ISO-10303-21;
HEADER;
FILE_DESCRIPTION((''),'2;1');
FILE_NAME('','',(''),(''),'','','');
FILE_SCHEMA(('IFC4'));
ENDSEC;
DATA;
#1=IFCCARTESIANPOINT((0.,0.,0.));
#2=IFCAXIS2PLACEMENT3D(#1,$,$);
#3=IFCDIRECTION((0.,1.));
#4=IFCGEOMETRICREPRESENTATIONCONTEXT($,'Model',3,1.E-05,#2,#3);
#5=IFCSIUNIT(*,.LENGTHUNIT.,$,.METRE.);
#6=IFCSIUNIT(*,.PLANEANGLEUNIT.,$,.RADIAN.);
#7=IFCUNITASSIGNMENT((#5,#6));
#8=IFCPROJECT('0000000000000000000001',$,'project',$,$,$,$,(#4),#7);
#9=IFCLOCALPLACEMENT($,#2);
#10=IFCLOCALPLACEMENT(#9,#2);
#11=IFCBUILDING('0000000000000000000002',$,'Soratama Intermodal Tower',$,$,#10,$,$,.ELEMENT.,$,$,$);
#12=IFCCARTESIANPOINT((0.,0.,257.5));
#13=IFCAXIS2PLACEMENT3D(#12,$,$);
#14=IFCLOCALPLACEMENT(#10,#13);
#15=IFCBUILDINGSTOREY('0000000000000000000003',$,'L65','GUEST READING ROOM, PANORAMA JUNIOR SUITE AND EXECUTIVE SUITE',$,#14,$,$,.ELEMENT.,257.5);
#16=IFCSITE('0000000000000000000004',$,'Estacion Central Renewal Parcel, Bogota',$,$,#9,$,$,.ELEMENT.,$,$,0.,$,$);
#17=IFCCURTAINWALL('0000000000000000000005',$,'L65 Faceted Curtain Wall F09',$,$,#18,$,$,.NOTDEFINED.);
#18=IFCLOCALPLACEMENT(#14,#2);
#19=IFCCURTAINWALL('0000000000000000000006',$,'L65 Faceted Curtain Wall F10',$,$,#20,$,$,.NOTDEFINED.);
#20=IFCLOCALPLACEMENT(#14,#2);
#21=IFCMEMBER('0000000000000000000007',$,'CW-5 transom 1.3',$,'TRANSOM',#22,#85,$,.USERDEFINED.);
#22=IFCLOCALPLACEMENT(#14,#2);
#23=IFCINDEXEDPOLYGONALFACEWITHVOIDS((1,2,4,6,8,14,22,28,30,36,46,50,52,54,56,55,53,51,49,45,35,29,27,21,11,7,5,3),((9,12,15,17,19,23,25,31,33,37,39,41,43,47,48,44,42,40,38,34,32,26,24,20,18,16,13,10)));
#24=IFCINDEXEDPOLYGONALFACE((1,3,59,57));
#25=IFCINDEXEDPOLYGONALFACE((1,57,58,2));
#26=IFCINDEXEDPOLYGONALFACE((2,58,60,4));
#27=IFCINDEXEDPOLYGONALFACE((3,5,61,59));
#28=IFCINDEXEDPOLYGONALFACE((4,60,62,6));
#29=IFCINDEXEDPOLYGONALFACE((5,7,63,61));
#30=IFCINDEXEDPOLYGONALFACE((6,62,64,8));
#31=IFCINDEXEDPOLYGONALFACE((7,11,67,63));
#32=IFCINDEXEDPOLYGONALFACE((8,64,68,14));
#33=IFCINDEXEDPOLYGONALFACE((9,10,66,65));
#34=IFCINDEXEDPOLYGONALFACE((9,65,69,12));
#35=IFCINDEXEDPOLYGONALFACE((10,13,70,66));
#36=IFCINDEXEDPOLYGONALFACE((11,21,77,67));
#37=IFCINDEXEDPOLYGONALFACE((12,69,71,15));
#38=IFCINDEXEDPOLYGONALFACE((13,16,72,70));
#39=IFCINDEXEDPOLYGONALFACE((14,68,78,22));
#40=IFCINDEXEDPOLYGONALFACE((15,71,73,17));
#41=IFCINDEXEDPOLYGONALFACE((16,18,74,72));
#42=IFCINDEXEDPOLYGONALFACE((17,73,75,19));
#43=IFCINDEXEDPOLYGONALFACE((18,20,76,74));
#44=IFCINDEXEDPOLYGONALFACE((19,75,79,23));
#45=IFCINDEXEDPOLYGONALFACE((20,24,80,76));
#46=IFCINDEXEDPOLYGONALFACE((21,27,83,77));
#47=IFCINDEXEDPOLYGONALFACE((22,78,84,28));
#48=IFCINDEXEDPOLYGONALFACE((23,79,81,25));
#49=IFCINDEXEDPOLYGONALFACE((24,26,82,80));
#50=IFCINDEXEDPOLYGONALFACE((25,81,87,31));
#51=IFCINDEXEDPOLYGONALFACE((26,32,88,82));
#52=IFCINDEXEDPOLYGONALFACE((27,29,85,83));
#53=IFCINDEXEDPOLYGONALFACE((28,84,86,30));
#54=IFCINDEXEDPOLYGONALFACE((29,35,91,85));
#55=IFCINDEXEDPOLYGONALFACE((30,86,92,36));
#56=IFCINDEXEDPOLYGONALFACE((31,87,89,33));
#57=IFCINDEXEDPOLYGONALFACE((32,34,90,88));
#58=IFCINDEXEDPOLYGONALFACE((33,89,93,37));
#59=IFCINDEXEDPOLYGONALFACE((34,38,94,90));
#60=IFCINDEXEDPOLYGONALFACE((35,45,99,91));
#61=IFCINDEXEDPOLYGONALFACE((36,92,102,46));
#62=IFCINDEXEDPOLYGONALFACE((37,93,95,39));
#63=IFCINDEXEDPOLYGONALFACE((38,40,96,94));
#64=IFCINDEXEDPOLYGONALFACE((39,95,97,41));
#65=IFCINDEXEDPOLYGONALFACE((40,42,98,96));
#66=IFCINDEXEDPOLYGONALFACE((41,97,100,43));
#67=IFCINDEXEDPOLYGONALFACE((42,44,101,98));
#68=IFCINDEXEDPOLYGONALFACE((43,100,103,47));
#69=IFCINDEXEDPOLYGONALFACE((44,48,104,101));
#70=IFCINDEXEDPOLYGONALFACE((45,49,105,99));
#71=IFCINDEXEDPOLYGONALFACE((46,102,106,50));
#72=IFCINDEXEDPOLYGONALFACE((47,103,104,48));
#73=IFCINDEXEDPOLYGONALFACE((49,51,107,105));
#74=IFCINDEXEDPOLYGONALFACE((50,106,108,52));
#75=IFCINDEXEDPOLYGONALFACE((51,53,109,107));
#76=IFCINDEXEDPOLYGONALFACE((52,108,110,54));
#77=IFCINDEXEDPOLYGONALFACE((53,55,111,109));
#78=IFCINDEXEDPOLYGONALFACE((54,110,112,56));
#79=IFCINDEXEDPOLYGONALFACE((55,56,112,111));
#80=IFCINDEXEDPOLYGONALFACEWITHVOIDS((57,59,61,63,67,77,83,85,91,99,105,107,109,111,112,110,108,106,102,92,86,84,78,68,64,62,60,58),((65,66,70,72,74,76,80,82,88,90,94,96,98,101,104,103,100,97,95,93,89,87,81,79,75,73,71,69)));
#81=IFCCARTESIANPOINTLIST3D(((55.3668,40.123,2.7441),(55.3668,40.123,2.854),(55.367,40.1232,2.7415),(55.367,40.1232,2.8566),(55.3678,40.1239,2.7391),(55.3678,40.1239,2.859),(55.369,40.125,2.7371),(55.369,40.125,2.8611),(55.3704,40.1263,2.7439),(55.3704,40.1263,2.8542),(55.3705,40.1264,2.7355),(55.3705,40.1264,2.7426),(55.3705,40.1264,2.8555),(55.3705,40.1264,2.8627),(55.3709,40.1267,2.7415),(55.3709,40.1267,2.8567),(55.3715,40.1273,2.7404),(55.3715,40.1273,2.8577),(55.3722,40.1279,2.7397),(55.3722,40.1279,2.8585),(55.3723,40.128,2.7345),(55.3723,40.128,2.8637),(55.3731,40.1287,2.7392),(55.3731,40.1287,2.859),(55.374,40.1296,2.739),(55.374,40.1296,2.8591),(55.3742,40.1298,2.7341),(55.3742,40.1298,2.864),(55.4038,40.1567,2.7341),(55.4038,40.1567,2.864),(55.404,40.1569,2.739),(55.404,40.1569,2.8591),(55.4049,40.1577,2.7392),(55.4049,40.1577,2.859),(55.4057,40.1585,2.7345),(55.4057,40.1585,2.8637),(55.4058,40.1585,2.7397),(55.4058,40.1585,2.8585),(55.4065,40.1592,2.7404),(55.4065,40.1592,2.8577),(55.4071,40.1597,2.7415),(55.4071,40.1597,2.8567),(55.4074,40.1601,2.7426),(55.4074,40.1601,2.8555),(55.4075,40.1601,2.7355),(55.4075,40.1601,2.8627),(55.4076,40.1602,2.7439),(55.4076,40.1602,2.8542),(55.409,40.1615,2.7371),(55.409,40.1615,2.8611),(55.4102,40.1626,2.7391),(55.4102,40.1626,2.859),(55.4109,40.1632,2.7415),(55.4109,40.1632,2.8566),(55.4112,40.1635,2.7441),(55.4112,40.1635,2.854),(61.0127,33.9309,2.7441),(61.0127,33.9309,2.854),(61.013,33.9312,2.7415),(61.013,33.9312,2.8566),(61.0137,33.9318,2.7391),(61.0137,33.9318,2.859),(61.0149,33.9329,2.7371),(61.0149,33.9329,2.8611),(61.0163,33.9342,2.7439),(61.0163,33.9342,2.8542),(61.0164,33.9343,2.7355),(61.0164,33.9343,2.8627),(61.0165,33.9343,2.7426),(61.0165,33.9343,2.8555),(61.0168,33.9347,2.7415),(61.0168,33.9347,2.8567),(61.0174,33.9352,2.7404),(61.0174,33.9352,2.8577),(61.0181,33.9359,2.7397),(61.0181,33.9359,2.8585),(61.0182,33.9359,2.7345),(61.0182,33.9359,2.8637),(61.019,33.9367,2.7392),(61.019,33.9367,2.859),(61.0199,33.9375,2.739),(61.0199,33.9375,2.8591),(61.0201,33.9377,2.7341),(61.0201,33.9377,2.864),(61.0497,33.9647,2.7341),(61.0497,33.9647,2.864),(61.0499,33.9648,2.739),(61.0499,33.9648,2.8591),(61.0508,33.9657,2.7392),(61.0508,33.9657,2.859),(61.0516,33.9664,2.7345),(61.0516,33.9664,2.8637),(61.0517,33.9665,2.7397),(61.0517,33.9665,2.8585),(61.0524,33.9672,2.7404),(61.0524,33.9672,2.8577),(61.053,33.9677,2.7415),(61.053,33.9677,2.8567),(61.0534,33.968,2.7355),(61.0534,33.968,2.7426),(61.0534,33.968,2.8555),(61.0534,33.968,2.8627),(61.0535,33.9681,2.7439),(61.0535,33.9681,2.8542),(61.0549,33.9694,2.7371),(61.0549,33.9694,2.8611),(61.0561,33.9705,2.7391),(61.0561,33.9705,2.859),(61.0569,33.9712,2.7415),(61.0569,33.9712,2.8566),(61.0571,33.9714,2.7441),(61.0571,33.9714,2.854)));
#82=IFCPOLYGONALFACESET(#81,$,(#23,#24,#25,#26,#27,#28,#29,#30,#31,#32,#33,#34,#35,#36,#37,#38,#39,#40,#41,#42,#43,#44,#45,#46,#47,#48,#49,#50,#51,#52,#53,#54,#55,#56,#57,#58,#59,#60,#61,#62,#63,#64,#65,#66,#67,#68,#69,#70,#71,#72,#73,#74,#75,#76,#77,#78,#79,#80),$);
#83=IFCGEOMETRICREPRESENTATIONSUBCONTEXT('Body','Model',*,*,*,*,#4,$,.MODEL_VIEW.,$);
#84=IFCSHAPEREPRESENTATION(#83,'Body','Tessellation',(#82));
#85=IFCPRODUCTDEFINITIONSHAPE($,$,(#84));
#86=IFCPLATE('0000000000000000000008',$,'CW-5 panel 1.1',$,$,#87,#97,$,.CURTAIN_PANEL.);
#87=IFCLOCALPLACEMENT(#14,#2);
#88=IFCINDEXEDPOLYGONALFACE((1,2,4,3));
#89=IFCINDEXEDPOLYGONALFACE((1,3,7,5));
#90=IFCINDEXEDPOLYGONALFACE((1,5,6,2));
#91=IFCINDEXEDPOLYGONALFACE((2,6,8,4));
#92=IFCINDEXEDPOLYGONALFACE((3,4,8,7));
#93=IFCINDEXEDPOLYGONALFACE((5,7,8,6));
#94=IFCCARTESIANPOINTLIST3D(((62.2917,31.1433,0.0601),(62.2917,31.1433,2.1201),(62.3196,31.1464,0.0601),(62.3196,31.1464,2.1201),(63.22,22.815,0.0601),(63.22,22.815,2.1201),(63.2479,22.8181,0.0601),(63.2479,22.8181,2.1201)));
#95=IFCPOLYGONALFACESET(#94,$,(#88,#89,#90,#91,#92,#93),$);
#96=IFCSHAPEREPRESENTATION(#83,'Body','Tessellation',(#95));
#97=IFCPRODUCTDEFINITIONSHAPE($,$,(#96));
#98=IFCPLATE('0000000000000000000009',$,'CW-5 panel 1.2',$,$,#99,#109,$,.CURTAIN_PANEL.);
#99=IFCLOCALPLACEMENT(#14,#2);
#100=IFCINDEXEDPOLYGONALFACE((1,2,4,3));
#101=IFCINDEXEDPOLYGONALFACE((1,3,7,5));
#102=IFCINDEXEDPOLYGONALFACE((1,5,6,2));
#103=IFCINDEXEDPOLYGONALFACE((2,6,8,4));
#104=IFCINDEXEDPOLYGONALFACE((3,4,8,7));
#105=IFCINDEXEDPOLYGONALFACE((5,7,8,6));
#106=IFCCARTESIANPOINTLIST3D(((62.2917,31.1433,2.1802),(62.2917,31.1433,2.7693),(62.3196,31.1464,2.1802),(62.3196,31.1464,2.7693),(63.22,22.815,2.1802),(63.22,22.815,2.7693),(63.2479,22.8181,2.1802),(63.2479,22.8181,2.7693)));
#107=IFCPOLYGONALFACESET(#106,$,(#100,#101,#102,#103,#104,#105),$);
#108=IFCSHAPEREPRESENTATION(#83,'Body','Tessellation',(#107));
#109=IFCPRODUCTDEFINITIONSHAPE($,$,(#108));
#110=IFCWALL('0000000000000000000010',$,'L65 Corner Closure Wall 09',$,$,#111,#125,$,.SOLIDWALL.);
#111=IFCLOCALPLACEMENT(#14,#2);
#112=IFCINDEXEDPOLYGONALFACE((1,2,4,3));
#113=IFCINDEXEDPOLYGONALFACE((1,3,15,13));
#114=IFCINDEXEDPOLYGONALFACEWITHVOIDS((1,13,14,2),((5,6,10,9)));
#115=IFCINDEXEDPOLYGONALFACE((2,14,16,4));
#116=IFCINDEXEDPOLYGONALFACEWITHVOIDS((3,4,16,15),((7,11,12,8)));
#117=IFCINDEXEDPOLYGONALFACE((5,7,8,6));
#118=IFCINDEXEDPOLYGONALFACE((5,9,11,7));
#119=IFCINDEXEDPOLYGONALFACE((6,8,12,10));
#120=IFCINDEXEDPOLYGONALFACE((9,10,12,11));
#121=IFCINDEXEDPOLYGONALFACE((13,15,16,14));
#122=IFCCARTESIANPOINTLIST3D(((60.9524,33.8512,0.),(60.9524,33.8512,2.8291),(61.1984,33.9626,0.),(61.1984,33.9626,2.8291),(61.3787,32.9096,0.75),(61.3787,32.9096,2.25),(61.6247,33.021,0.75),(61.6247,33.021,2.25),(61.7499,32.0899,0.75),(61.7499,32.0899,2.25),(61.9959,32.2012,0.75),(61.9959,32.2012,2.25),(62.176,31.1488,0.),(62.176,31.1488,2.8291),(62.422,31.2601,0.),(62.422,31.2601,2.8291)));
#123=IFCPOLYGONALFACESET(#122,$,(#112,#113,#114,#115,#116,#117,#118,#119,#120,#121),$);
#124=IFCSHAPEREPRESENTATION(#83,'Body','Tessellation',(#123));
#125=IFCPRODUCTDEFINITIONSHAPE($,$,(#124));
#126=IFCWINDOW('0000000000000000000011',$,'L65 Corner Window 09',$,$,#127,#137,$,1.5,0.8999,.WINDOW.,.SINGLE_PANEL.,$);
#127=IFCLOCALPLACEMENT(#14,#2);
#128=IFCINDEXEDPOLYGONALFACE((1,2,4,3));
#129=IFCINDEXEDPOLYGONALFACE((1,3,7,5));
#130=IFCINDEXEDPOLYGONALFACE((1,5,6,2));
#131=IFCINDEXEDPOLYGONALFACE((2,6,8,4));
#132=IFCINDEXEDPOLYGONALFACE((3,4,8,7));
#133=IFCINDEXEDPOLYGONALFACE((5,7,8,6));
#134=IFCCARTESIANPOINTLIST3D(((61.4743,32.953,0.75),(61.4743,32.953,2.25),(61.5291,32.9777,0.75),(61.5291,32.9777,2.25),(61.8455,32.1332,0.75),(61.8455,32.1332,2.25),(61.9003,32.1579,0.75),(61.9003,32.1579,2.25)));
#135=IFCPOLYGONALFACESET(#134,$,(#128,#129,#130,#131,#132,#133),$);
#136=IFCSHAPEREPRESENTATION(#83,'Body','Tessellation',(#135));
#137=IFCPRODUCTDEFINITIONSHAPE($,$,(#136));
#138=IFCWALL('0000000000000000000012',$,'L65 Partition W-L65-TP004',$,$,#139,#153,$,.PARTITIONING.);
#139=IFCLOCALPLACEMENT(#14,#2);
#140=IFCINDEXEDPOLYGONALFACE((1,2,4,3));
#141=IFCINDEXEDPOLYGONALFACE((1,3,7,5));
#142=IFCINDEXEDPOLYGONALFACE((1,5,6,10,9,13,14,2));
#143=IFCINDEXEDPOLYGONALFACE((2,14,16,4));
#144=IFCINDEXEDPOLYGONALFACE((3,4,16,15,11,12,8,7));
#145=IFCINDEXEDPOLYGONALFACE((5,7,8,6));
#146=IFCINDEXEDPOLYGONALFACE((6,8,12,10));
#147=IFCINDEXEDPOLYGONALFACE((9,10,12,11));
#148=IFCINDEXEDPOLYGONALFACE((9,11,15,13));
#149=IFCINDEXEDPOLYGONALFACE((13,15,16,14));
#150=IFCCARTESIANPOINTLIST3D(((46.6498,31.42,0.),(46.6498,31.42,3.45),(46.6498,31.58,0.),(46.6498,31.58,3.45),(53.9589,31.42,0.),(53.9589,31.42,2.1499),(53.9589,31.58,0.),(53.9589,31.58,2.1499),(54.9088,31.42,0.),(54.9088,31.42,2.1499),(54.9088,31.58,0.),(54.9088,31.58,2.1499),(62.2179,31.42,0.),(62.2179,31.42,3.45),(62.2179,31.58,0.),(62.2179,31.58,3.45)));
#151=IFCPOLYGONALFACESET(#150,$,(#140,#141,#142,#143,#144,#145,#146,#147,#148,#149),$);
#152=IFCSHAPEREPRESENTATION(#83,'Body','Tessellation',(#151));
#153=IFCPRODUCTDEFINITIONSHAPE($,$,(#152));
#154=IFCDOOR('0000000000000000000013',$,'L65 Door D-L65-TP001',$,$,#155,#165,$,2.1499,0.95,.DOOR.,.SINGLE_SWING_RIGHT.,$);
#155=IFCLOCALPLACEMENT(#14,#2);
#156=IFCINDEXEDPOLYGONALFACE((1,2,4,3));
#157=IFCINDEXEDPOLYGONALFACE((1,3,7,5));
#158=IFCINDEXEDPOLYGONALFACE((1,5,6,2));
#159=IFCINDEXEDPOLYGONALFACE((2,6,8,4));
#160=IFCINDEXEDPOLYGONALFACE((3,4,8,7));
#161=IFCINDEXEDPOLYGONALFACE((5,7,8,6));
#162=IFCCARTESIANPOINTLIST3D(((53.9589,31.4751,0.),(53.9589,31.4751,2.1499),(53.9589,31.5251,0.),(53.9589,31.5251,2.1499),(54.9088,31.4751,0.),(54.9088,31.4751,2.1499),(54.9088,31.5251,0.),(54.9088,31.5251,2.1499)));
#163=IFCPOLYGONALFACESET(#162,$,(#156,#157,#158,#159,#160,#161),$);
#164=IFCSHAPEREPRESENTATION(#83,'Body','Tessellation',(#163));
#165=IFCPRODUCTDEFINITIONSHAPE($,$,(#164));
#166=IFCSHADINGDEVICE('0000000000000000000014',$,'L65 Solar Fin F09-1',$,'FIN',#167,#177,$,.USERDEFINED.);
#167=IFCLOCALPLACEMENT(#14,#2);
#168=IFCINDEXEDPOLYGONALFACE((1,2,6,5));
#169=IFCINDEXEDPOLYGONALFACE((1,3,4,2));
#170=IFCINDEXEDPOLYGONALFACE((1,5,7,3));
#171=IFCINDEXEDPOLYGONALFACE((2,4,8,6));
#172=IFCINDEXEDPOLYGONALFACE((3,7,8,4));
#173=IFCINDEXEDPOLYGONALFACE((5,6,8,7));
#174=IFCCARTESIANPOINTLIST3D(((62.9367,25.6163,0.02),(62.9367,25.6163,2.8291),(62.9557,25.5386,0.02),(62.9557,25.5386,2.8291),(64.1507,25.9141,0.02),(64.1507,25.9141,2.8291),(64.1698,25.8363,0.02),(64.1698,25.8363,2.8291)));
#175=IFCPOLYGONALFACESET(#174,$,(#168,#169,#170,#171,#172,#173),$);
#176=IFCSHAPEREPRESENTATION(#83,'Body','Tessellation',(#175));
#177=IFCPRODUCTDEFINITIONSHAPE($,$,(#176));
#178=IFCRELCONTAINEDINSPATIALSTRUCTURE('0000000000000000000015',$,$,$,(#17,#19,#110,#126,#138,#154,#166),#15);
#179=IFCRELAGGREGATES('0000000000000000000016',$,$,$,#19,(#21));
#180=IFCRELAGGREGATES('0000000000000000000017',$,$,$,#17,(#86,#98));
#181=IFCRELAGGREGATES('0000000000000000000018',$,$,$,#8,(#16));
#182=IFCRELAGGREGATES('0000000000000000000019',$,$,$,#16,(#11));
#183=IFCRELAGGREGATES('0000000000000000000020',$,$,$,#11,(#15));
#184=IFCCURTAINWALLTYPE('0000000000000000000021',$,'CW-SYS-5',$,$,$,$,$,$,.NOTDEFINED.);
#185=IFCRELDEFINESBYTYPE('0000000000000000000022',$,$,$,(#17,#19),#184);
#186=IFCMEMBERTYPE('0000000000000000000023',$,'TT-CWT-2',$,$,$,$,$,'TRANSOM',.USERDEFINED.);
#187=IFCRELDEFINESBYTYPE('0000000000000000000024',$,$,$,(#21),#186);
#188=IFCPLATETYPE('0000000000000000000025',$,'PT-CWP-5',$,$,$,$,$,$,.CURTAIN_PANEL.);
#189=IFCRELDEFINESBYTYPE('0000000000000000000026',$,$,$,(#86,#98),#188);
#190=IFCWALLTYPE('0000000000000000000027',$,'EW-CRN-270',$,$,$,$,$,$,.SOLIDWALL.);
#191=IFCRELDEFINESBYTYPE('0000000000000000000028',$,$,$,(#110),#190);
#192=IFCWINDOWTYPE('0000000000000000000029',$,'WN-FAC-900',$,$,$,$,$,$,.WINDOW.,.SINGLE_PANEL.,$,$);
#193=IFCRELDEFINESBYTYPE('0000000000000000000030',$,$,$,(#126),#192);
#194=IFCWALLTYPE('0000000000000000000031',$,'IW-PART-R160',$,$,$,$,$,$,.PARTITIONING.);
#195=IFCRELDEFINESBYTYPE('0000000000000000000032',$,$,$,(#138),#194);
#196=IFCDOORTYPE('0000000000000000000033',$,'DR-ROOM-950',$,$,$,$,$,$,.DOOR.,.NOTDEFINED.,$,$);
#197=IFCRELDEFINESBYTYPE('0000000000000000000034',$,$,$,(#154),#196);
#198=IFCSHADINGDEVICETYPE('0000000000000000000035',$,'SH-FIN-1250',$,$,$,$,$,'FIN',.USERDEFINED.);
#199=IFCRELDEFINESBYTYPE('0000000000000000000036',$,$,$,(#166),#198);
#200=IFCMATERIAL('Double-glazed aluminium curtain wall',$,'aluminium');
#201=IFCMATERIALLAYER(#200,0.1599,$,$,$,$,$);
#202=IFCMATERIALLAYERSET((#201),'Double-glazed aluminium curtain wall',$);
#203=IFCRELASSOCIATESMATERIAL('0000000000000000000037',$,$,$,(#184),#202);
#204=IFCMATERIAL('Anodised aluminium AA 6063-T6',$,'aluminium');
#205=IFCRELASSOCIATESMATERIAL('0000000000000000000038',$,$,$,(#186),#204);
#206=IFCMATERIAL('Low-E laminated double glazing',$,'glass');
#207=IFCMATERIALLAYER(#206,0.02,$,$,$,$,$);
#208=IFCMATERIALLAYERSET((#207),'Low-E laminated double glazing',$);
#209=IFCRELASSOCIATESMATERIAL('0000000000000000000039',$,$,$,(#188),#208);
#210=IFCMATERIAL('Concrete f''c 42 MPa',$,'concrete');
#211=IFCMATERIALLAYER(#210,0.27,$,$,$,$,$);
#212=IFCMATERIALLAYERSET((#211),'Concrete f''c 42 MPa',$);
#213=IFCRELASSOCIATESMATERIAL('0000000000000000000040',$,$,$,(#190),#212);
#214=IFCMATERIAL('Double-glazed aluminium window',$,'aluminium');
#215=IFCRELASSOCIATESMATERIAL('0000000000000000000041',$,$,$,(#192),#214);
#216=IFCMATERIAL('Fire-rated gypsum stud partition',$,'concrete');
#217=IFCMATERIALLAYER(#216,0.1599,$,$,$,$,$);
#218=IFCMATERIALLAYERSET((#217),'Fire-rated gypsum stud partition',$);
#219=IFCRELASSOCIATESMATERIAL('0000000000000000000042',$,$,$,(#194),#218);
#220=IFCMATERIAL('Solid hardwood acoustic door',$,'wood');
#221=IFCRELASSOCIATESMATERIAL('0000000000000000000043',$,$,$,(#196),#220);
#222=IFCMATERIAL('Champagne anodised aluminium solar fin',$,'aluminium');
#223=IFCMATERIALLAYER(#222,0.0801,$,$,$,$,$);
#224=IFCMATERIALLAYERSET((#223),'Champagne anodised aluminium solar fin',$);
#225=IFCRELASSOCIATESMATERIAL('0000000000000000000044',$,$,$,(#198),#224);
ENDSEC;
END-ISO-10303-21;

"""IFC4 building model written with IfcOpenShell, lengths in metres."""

from ifc_helpers import new_model, si_unit, direction, frame, frame_2d, origin, origin_2d, place, context, subcontext, project, spatial, rectangle, hollow_rectangle, extrude, material, layer, layer_set, material_profile, profile_set, type_object, element, fill, aggregate, save


model = new_model("IFC4")

# Units and contexts
model_context = context("Model", 3, precision=1e-05, world=origin(), true_north=direction((0.0, 1.0)))
body_context = subcontext(model_context, "Body", "Model", "MODEL_VIEW")
ifc_project = project(units=[si_unit("LENGTHUNIT", "METRE"), si_unit("PLANEANGLEUNIT", "RADIAN")], contexts=[model_context])

# Site, building, storey
site_placement = place(None, origin())
site = spatial("IfcSite", under=ifc_project, at=site_placement, Name="Estacion Central Renewal Parcel, Bogota", CompositionType="ELEMENT", RefElevation=0.0)
building_placement = place(site_placement, origin())
building = spatial("IfcBuilding", under=site, at=building_placement, Name="Soratama Intermodal Tower", CompositionType="ELEMENT")
storey_placement = place(building_placement, frame((0.0, 0.0, 257.5)))
storey = spatial("IfcBuildingStorey", under=building, at=storey_placement, Name="L65", Description="GUEST READING ROOM, PANORAMA JUNIOR SUITE AND EXECUTIVE SUITE", CompositionType="ELEMENT", Elevation=257.5)

# Curtain wall
ifc_material_1 = material(Name="Double-glazed aluminium curtain wall", Category="aluminium")
ifc_layer_1 = layer(ifc_material_1, 0.1599)
ifc_layer_set_1 = layer_set([ifc_layer_1], Name="Double-glazed aluminium curtain wall")
curtain_wall_type = type_object("IfcCurtainWallType", Name="CW-SYS-5", PredefinedType="NOTDEFINED", material=ifc_layer_set_1)
curtain_wall_1_placement = place(storey_placement, origin())
curtain_wall_1 = element("IfcCurtainWall", 1, at=curtain_wall_1_placement, inside=storey, type_object=curtain_wall_type, Name="L65 Faceted Curtain Wall F09", PredefinedType="NOTDEFINED")

# Curtain wall, member
curtain_wall_2_placement = place(storey_placement, origin())
curtain_wall_2 = element("IfcCurtainWall", 2, at=curtain_wall_2_placement, inside=storey, type_object=curtain_wall_type, Name="L65 Faceted Curtain Wall F10", PredefinedType="NOTDEFINED")
ifc_material_2 = material(Name="Anodised aluminium AA 6063-T6", Category="aluminium")
ifc_material_profile_1 = material_profile(ifc_material_2, hollow_rectangle(XDim=0.0601, YDim=0.1299, WallThickness=0.0049, InnerFilletRadius=0.0049, OuterFilletRadius=0.01, at=origin_2d()), Name="CWT130X60X5")
ifc_profile_set_1 = profile_set([ifc_material_profile_1], Name="Anodised aluminium AA 6063-T6")
member_type_1 = type_object("IfcMemberType", Name="TT-CWT-2", ElementType="TRANSOM", PredefinedType="USERDEFINED", material=ifc_profile_set_1)
member_1_placement = place(storey_placement, frame((61.0349, 33.9512, 2.7991), z_axis=(-0.673768, 0.738943, 0.0), x_axis=(-0.738943, -0.673768, 0.0)))
member_1 = element("IfcMember", 3, at=member_1_placement, type_object=member_type_1, Name="CW-5 transom 1.3", ObjectType="TRANSOM", PredefinedType="USERDEFINED", context=body_context, shape_type="SweptSolid", body=[
    extrude(hollow_rectangle(XDim=0.0601, YDim=0.1299, WallThickness=0.0049, InnerFilletRadius=0.0049, OuterFilletRadius=0.01, at=origin_2d()), origin(), (0.0, 0.0, 1.0), 8.3796),
])
aggregate(curtain_wall_2, [member_1])

# Plates
ifc_material_3 = material(Name="Low-E laminated double glazing", Category="glass")
ifc_layer_2 = layer(ifc_material_3, 0.02)
ifc_layer_set_2 = layer_set([ifc_layer_2], Name="Low-E laminated double glazing")
plate_type = type_object("IfcPlateType", Name="PT-CWP-5", PredefinedType="CURTAIN_PANEL", material=ifc_layer_set_2)
plate_1_placement = place(storey_placement, frame((62.7698, 26.9807, 0.0601), z_axis=(0.0, 0.0, 1.0), x_axis=(-0.110779, 0.993845, 0.0)))
plate_1 = element("IfcPlate", 4, at=plate_1_placement, type_object=plate_type, Name="CW-5 panel 1.1", PredefinedType="CURTAIN_PANEL", context=body_context, shape_type="SweptSolid", body=[
    extrude(rectangle(XDim=8.3799, YDim=0.0281, at=origin_2d()), origin(), (0.0, 0.0, 1.0), 2.0601),
])
plate_2_placement = place(storey_placement, frame((62.7698, 26.9807, 2.1802), z_axis=(0.0, 0.0, 1.0), x_axis=(-0.110779, 0.993845, 0.0)))
plate_2 = element("IfcPlate", 5, at=plate_2_placement, type_object=plate_type, Name="CW-5 panel 1.2", PredefinedType="CURTAIN_PANEL", context=body_context, shape_type="SweptSolid", body=[
    extrude(rectangle(XDim=8.3799, YDim=0.0281, at=origin_2d()), origin(), (0.0, 0.0, 1.0), 0.5891),
])
aggregate(curtain_wall_1, [plate_1, plate_2])

# Wall, opening, window
ifc_material_4 = material(Name="Concrete f'c 42 MPa", Category="concrete")
ifc_layer_3 = layer(ifc_material_4, 0.27)
ifc_layer_set_3 = layer_set([ifc_layer_3], Name="Concrete f'c 42 MPa")
wall_type_1 = type_object("IfcWallType", Name="EW-CRN-270", PredefinedType="SOLIDWALL", material=ifc_layer_set_3)
wall_1_placement = place(storey_placement, frame((62.2991, 31.2043, 0.0), z_axis=(0.0, 0.0, 1.0), x_axis=(-0.412482, 0.910966, 0.0)))
wall_1 = element("IfcWall", 6, at=wall_1_placement, inside=storey, type_object=wall_type_1, Name="L65 Corner Closure Wall 09", PredefinedType="SOLIDWALL", context=body_context, shape_type="SweptSolid", body=[
    extrude(rectangle(XDim=2.9666, YDim=0.27, at=frame_2d((1.4834, 0.0))), origin(), (0.0, 0.0, 1.0), 2.8291),
])
opening_1_placement = place(wall_1_placement, frame((1.0332, 0.0, 0.75)))
opening_1 = element("IfcOpeningElement", 7, at=opening_1_placement, cuts=wall_1, PredefinedType="OPENING", context=body_context, shape_type="SweptSolid", body=[
    extrude(rectangle(XDim=0.8999, YDim=1.5, at=frame_2d((0.45, 0.75))), frame((0.0, 0.145, 0.0), z_axis=(0.0, -1.0, 0.0), x_axis=(1.0, 0.0, 0.0)), (0.0, 0.0, 1.0), 0.29),
])
ifc_material_5 = material(Name="Double-glazed aluminium window", Category="aluminium")
window_type = type_object("IfcWindowType", Name="WN-FAC-900", PartitioningType="SINGLE_PANEL", PredefinedType="WINDOW", material=ifc_material_5)
window_placement = place(opening_1_placement, origin())
window = element("IfcWindow", 8, at=window_placement, inside=storey, type_object=window_type, Name="L65 Corner Window 09", OverallHeight=1.5, OverallWidth=0.8999, PartitioningType="SINGLE_PANEL", PredefinedType="WINDOW", context=body_context, shape_type="SweptSolid", body=[
    extrude(rectangle(XDim=0.8999, YDim=1.5, at=frame_2d((0.45, 0.75))), frame((0.0, 0.03, 0.0), z_axis=(0.0, -1.0, 0.0), x_axis=(1.0, 0.0, 0.0)), (0.0, 0.0, 1.0), 0.0601),
])
fill(opening_1, window)

# Wall, opening, door
ifc_material_6 = material(Name="Fire-rated gypsum stud partition", Category="concrete")
ifc_layer_4 = layer(ifc_material_6, 0.1599)
ifc_layer_set_4 = layer_set([ifc_layer_4], Name="Fire-rated gypsum stud partition")
wall_type_2 = type_object("IfcWallType", Name="IW-PART-R160", PredefinedType="PARTITIONING", material=ifc_layer_set_4)
wall_2_placement = place(storey_placement, frame((62.218, 31.5, 0.0), z_axis=(0.0, 0.0, 1.0), x_axis=(-1.0, 0.0, 0.0)))
wall_2 = element("IfcWall", 9, at=wall_2_placement, inside=storey, type_object=wall_type_2, Name="L65 Partition W-L65-TP004", PredefinedType="PARTITIONING", context=body_context, shape_type="SweptSolid", body=[
    extrude(rectangle(XDim=15.5681, YDim=0.1599, at=frame_2d((7.7842, 0.0))), origin(), (0.0, 0.0, 1.0), 3.45),
])
opening_2_placement = place(wall_2_placement, frame((7.3091, 0.0, 0.0)))
opening_2 = element("IfcOpeningElement", 10, at=opening_2_placement, cuts=wall_2, PredefinedType="OPENING", context=body_context, shape_type="SweptSolid", body=[
    extrude(rectangle(XDim=0.95, YDim=2.1499, at=frame_2d((0.4751, 1.075))), frame((0.0, 0.0898, 0.0), z_axis=(0.0, -1.0, 0.0), x_axis=(1.0, 0.0, 0.0)), (0.0, 0.0, 1.0), 0.1799),
])
ifc_material_7 = material(Name="Solid hardwood acoustic door", Category="wood")
door_type = type_object("IfcDoorType", Name="DR-ROOM-950", OperationType="NOTDEFINED", PredefinedType="DOOR", material=ifc_material_7)
door_placement = place(opening_2_placement, origin())
door = element("IfcDoor", 11, at=door_placement, inside=storey, type_object=door_type, Name="L65 Door D-L65-TP001", OperationType="SINGLE_SWING_RIGHT", OverallHeight=2.1499, OverallWidth=0.95, PredefinedType="DOOR", context=body_context, shape_type="SweptSolid", body=[
    extrude(rectangle(XDim=0.95, YDim=2.1499, at=frame_2d((0.4751, 1.075))), frame((0.0, 0.0249, 0.0), z_axis=(0.0, -1.0, 0.0), x_axis=(1.0, 0.0, 0.0)), (0.0, 0.0, 1.0), 0.05),
])
fill(opening_2, door)

# Shading device
ifc_material_8 = material(Name="Champagne anodised aluminium solar fin", Category="aluminium")
ifc_layer_5 = layer(ifc_material_8, 0.0801)
ifc_layer_set_5 = layer_set([ifc_layer_5], Name="Champagne anodised aluminium solar fin")
shading_device_type = type_object("IfcShadingDeviceType", Name="SH-FIN-1250", ElementType="FIN", PredefinedType="USERDEFINED", material=ifc_layer_set_5)
for number, where, z_axis, x_axis, name in (
    (12, (63.5532, 25.7263, 0.02), (0.0, 0.0, 1.0), (0.971217, 0.238194, 0.0), "L65 Solar Fin F09-1"),
):
    element("IfcShadingDevice", number, at=place(storey_placement, frame(where, z_axis=z_axis, x_axis=x_axis)), inside=storey, type_object=shading_device_type, Name=name, ObjectType="FIN", PredefinedType="USERDEFINED", context=body_context, shape_type="SweptSolid", body=[
        extrude(rectangle(XDim=1.25, YDim=0.0801, at=origin_2d()), origin(), (0.0, 0.0, 1.0), 2.8091),
    ])

save(model, "model.ifc")
